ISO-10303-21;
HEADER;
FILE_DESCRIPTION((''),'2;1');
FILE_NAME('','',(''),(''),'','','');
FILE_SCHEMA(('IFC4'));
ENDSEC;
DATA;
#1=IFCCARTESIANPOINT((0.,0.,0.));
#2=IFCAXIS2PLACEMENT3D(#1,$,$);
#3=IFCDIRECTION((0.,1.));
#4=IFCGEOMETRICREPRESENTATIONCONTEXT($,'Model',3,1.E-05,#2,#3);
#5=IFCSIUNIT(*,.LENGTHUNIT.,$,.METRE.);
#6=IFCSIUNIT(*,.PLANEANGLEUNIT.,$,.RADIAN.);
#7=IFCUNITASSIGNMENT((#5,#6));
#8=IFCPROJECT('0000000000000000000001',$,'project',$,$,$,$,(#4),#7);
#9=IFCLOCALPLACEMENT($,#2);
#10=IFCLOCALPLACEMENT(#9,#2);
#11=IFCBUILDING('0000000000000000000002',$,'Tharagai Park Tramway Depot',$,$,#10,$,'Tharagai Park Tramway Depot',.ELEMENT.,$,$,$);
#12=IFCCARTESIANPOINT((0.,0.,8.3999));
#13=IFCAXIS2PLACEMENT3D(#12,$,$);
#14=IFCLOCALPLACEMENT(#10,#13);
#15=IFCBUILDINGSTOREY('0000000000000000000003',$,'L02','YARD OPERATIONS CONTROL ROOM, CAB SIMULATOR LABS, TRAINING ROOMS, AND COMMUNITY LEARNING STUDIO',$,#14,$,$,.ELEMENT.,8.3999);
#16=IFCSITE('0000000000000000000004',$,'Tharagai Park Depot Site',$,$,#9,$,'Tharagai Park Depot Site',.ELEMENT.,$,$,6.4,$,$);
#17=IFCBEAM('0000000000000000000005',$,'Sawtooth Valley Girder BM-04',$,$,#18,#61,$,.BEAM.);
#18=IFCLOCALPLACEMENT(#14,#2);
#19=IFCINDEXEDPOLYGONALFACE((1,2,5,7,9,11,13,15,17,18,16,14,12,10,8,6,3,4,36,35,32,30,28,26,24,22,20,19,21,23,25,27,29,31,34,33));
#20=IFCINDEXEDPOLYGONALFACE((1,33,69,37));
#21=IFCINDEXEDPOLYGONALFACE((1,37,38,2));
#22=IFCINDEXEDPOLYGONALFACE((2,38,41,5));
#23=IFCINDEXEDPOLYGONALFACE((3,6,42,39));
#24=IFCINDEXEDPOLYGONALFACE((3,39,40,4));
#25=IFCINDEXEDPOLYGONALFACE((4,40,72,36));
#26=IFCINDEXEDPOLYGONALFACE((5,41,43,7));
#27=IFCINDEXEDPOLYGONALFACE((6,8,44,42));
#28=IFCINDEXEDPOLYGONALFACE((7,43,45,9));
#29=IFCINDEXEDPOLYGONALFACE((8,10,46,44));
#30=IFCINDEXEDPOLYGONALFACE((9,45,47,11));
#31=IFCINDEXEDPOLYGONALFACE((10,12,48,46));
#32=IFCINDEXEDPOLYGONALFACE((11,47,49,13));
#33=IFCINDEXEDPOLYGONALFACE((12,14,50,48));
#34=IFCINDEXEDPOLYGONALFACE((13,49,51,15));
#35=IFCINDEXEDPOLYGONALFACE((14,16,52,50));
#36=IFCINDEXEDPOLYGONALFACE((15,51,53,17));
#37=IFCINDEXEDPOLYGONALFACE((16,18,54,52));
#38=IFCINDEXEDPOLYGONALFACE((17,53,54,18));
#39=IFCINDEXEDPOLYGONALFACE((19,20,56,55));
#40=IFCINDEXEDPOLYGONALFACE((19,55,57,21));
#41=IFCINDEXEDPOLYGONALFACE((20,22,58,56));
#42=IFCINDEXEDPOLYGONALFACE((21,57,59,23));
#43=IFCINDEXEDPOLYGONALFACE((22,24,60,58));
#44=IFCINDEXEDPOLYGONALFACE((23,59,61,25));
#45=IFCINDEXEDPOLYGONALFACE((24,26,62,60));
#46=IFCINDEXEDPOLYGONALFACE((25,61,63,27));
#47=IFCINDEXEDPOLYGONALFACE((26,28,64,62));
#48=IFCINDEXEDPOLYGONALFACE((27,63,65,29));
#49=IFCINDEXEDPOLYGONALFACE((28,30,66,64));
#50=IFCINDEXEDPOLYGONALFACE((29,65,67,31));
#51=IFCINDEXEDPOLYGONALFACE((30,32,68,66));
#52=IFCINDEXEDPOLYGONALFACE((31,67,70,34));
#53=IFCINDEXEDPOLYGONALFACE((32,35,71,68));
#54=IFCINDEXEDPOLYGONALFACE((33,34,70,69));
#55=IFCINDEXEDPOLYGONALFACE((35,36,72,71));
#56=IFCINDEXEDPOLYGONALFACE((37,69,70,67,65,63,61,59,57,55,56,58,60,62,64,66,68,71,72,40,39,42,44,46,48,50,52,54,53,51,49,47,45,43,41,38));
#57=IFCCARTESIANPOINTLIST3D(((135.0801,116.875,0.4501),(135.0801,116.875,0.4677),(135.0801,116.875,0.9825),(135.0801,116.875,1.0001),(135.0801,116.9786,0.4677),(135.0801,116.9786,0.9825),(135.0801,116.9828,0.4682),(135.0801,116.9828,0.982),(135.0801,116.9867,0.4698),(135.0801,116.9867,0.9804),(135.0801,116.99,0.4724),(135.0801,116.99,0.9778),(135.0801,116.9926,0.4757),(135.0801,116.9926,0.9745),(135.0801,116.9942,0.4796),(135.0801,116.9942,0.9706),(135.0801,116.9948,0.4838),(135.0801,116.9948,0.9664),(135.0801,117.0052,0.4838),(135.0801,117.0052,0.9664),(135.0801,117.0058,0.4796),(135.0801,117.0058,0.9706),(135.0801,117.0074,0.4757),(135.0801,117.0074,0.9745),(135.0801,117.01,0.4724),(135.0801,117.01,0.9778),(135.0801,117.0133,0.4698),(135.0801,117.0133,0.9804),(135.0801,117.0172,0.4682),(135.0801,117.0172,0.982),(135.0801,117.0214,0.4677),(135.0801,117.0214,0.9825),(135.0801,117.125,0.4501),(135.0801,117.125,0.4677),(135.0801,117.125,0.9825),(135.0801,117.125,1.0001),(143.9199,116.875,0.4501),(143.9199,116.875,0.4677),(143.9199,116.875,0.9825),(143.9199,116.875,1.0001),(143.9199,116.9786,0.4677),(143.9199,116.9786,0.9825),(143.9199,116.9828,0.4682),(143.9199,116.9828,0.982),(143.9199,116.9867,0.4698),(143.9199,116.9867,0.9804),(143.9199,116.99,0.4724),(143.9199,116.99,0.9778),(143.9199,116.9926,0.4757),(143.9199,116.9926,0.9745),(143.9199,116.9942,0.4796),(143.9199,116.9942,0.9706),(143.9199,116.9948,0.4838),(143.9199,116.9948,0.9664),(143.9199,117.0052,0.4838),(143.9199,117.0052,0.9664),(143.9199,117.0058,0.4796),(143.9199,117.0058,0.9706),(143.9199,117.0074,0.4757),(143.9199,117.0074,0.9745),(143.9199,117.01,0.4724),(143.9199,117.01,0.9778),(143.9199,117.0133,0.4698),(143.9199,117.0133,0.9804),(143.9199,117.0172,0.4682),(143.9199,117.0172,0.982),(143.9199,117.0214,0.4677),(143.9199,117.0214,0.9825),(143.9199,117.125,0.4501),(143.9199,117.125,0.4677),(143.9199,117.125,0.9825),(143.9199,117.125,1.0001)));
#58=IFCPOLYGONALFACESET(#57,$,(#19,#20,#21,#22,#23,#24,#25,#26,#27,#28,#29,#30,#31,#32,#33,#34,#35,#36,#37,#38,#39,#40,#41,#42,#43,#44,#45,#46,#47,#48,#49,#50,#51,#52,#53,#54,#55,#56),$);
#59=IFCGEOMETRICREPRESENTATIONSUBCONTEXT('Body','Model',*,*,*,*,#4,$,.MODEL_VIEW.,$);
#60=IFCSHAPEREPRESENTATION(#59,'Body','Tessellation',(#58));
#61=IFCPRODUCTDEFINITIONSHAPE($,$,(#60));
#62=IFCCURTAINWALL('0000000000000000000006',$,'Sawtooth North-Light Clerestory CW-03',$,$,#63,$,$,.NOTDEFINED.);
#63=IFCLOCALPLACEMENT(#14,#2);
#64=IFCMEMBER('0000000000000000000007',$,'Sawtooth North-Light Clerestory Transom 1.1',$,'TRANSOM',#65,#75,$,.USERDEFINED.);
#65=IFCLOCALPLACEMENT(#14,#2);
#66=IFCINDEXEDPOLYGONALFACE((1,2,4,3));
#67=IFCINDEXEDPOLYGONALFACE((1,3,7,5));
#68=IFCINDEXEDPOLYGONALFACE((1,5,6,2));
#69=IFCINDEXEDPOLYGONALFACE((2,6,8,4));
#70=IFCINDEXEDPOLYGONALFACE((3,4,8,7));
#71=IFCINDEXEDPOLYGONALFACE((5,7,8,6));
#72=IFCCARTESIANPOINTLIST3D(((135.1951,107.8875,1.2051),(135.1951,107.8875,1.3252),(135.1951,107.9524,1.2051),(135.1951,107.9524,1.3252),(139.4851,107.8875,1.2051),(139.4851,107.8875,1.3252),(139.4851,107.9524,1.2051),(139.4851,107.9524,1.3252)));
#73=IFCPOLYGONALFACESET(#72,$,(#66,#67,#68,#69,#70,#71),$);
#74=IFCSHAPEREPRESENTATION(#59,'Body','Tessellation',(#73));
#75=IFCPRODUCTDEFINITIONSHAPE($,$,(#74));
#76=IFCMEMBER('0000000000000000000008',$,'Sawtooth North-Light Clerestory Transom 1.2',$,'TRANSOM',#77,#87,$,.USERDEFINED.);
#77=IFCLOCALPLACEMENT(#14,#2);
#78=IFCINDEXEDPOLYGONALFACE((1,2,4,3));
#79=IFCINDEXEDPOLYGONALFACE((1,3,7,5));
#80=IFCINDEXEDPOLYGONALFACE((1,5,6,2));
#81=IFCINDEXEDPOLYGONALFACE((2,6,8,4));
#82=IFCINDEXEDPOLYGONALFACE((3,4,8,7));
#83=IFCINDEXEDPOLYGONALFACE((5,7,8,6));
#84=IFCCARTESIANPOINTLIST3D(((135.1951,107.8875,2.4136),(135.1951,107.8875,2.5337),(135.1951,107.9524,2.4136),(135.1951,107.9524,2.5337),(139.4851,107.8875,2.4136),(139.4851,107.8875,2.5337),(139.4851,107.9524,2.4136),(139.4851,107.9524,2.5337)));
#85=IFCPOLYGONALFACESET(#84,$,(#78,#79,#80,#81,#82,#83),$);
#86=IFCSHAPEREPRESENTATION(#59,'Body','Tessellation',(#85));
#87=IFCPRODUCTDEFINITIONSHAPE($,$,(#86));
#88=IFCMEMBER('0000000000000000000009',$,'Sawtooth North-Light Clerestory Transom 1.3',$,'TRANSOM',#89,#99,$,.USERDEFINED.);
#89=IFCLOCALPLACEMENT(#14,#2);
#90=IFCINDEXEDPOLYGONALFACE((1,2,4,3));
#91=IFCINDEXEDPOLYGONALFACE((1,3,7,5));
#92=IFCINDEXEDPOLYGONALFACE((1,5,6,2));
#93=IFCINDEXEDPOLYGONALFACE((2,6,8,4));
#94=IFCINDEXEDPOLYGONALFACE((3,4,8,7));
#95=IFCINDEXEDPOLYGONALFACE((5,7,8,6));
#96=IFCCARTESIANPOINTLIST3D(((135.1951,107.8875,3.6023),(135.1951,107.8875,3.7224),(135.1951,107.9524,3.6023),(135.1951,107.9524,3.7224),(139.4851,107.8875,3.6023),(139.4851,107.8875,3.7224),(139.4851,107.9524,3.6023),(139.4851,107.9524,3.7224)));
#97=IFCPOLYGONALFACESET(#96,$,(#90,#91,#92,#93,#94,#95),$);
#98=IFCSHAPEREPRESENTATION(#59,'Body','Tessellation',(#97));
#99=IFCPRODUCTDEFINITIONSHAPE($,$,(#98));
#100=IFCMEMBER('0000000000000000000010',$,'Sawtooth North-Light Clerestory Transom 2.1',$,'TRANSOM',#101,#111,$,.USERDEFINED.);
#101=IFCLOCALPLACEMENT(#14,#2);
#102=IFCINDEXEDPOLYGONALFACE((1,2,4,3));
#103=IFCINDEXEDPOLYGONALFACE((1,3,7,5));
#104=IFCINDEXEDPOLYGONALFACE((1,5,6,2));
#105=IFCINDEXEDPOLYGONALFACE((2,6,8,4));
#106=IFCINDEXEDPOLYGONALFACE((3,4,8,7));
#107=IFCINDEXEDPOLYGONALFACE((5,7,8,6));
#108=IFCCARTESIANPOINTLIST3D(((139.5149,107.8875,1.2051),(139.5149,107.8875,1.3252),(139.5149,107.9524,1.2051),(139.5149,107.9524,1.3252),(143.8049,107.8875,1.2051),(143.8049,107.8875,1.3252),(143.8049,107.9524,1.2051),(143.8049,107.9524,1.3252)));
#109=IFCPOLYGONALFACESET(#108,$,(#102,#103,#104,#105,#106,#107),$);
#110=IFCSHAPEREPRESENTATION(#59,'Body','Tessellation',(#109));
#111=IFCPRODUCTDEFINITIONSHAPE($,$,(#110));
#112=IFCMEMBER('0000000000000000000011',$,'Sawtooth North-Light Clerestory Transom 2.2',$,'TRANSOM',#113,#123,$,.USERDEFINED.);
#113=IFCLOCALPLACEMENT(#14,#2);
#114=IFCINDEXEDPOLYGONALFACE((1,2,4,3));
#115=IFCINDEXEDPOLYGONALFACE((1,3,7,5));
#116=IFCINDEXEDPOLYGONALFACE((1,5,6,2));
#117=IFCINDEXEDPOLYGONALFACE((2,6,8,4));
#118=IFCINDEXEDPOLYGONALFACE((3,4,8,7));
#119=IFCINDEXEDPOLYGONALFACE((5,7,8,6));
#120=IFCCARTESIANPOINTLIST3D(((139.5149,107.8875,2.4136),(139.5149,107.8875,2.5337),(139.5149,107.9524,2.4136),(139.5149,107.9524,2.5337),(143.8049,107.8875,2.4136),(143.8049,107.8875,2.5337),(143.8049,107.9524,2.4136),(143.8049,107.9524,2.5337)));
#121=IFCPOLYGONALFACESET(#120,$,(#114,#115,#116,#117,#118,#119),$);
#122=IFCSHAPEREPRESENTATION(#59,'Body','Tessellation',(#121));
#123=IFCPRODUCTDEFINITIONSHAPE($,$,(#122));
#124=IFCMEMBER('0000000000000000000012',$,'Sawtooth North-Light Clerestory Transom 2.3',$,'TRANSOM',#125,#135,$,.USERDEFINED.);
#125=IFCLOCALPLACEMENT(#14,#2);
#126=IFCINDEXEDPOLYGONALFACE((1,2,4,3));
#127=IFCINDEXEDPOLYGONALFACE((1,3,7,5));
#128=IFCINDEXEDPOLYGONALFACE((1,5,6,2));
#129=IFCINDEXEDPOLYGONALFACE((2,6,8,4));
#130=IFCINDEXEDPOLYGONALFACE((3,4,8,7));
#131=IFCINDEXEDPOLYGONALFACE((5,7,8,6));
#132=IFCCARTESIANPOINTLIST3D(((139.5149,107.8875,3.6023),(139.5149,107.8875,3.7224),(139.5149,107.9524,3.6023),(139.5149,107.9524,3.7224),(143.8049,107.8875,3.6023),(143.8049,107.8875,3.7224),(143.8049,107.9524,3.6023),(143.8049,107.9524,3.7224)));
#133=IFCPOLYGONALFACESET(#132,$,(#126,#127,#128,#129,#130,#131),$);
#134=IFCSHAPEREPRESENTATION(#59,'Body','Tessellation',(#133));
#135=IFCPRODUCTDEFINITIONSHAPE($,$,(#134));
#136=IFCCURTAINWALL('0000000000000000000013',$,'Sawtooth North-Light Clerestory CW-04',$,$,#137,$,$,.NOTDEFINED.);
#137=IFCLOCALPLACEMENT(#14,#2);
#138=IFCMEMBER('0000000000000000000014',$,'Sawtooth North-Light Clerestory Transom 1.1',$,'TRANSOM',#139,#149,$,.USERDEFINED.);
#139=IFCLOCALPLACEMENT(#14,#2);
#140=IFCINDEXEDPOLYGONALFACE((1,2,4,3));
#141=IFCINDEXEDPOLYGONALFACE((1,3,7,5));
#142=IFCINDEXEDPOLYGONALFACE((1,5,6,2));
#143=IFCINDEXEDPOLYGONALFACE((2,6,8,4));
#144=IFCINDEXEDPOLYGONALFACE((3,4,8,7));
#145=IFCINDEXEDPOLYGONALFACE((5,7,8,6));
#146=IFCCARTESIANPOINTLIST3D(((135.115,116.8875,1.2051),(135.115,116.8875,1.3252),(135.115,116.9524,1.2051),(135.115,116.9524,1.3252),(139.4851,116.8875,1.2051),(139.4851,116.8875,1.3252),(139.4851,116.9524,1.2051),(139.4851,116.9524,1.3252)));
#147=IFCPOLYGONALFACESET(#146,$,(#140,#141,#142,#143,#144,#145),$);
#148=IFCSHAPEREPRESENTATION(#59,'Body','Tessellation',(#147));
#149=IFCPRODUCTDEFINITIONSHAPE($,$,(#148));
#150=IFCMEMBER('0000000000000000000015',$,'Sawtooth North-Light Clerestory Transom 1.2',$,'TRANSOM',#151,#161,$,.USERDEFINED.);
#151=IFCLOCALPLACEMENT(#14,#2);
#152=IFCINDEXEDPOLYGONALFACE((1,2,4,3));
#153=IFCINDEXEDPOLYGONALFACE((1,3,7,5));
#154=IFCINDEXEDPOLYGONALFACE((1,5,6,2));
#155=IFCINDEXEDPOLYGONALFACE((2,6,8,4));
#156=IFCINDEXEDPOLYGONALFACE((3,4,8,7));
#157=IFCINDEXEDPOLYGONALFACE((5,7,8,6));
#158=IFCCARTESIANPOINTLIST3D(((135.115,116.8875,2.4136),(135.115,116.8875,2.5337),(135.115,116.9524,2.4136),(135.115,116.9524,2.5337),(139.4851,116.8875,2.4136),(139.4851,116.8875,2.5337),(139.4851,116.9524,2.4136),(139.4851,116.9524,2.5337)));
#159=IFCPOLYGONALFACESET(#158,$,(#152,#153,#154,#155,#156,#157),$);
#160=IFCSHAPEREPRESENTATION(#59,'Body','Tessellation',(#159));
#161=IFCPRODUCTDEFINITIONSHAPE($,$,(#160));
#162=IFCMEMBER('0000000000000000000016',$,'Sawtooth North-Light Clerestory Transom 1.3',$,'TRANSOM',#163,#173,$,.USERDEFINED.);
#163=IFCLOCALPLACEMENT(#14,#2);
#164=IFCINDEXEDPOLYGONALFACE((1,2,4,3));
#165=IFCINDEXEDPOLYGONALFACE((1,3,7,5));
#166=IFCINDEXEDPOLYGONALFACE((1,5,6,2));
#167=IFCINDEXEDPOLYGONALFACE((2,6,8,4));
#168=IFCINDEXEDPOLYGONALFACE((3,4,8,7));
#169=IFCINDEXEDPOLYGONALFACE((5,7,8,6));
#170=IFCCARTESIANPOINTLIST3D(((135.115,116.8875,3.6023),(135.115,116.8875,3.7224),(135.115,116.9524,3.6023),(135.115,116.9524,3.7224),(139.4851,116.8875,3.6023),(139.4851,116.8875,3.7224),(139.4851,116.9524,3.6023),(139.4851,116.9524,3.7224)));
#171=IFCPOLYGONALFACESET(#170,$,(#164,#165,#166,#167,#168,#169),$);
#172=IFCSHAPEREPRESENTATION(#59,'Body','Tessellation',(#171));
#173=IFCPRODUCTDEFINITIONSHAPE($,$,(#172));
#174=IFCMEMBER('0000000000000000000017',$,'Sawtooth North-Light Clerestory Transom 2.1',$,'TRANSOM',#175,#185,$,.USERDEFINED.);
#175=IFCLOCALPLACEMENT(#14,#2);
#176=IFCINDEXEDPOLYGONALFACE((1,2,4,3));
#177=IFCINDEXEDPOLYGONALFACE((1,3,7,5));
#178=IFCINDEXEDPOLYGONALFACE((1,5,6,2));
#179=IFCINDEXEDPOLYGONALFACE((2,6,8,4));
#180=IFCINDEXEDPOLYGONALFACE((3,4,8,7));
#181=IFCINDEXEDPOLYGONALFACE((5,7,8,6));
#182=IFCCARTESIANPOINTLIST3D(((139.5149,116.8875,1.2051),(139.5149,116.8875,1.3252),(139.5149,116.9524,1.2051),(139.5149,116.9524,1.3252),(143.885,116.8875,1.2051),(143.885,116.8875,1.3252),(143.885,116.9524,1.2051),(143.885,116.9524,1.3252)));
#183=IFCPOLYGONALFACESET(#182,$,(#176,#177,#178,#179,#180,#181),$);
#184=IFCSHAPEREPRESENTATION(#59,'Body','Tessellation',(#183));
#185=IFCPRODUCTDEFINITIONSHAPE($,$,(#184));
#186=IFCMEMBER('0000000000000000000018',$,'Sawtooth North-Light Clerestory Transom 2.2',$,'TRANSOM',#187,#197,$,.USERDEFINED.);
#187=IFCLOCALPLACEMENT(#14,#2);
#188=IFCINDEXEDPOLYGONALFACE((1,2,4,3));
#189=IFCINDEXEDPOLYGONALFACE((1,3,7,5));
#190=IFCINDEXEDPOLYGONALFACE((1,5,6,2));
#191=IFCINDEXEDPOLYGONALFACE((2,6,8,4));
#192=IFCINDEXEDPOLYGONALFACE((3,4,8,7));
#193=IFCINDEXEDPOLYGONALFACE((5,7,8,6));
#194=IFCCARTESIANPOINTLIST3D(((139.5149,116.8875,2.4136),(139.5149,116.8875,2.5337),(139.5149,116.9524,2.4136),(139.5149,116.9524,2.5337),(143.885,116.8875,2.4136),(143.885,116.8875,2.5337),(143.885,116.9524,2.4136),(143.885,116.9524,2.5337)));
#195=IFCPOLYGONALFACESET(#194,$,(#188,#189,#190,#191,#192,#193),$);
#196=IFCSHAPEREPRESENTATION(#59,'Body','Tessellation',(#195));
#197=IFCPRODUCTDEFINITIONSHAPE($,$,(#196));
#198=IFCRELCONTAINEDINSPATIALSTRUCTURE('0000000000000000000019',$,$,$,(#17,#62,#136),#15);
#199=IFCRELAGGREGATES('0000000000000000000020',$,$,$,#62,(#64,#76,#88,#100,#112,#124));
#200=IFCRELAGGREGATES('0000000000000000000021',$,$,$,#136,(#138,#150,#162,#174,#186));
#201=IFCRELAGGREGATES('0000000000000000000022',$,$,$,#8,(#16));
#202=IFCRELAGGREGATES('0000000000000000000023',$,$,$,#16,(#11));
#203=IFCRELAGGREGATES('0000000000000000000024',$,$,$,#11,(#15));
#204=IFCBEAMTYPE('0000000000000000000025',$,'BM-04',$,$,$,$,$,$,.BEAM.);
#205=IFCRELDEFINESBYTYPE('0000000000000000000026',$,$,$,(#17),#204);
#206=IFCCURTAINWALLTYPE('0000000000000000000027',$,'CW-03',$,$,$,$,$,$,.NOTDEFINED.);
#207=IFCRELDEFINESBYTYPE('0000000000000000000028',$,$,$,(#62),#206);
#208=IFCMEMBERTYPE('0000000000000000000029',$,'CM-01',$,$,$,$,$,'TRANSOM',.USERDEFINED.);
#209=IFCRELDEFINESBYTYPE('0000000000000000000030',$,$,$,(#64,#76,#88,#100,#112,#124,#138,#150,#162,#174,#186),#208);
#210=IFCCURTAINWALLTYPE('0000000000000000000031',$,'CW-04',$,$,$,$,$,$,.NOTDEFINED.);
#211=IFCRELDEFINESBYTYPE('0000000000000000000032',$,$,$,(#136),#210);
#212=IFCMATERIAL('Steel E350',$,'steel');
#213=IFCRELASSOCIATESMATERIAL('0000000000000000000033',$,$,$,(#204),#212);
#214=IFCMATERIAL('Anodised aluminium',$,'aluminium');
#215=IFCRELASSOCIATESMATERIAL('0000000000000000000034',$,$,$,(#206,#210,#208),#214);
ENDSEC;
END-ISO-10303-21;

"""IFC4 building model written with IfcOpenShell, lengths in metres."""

from ifc_helpers import new_model, si_unit, direction, frame, origin, origin_2d, place, context, subcontext, project, spatial, rectangle, i_section, extrude, material, material_profile, profile_set, type_object, element, aggregate, save


model = new_model("IFC4")

# Units and contexts
model_context = context("Model", 3, precision=1e-05, world=origin(), true_north=direction((0.0, 1.0)))
body_context = subcontext(model_context, "Body", "Model", "MODEL_VIEW")
ifc_project = project(units=[si_unit("LENGTHUNIT", "METRE"), si_unit("PLANEANGLEUNIT", "RADIAN")], contexts=[model_context])

# Site, building, storey
site_placement = place(None, origin())
site = spatial("IfcSite", under=ifc_project, at=site_placement, Name="Tharagai Park Depot Site", LongName="Tharagai Park Depot Site", CompositionType="ELEMENT", RefElevation=6.4)
building_placement = place(site_placement, origin())
building = spatial("IfcBuilding", under=site, at=building_placement, Name="Tharagai Park Tramway Depot", LongName="Tharagai Park Tramway Depot", CompositionType="ELEMENT")
storey_placement = place(building_placement, frame((0.0, 0.0, 8.3999)))
storey = spatial("IfcBuildingStorey", under=building, at=storey_placement, Name="L02", Description="YARD OPERATIONS CONTROL ROOM, CAB SIMULATOR LABS, TRAINING ROOMS, AND COMMUNITY LEARNING STUDIO", CompositionType="ELEMENT", Elevation=8.3999)

# Beam
ifc_material_1 = material(Name="Steel E350", Category="steel")
ifc_material_profile_1 = material_profile(ifc_material_1, i_section(OverallWidth=0.25, OverallDepth=0.55, WebThickness=0.0105, FlangeThickness=0.0176, FilletRadius=0.0161, at=origin_2d()), Name="ISWB 550")
ifc_profile_set_1 = profile_set([ifc_material_profile_1], Name="Steel E350")
beam_type = type_object("IfcBeamType", Name="BM-04", PredefinedType="BEAM", material=ifc_profile_set_1)
beam_placement = place(storey_placement, frame((135.0801, 117.0, 0.7251), z_axis=(1.0, 0.0, 0.0), x_axis=(0.0, 1.0, 0.0)))
element("IfcBeam", 1, at=beam_placement, inside=storey, type_object=beam_type, Name="Sawtooth Valley Girder BM-04", PredefinedType="BEAM", context=body_context, shape_type="SweptSolid", body=[
    extrude(i_section(OverallWidth=0.25, OverallDepth=0.55, WebThickness=0.0105, FlangeThickness=0.0176, FilletRadius=0.0161, at=origin_2d()), origin(), (0.0, 0.0, 1.0), 8.8398),
])

# Curtain walls, members
ifc_material_2 = material(Name="Anodised aluminium", Category="aluminium")
curtain_wall_type_1 = type_object("IfcCurtainWallType", Name="CW-03", PredefinedType="NOTDEFINED", material=ifc_material_2)
curtain_wall_1_placement = place(storey_placement, origin())
curtain_wall_1 = element("IfcCurtainWall", 2, at=curtain_wall_1_placement, inside=storey, type_object=curtain_wall_type_1, Name="Sawtooth North-Light Clerestory CW-03", PredefinedType="NOTDEFINED")
ifc_material_profile_2 = material_profile(ifc_material_2, rectangle(XDim=0.0649, YDim=0.1201, at=origin_2d()), Name="ALU 65x120")
ifc_profile_set_2 = profile_set([ifc_material_profile_2], Name="Anodised aluminium")
member_type_1 = type_object("IfcMemberType", Name="CM-01", ElementType="TRANSOM", PredefinedType="USERDEFINED", material=ifc_profile_set_2)
member_1_placement = place(storey_placement, frame((135.1951, 107.9199, 1.2651), z_axis=(1.0, 0.0, 0.0), x_axis=(0.0, 1.0, 0.0)))
member_1 = element("IfcMember", 3, at=member_1_placement, type_object=member_type_1, Name="Sawtooth North-Light Clerestory Transom 1.1", ObjectType="TRANSOM", PredefinedType="USERDEFINED", context=body_context, shape_type="SweptSolid", body=[
    extrude(rectangle(XDim=0.0649, YDim=0.1201, at=origin_2d()), origin(), (0.0, 0.0, 1.0), 4.29),
])
member_2_placement = place(storey_placement, frame((135.1951, 107.9199, 2.4736), z_axis=(1.0, 0.0, 0.0), x_axis=(0.0, 1.0, 0.0)))
member_2 = element("IfcMember", 4, at=member_2_placement, type_object=member_type_1, Name="Sawtooth North-Light Clerestory Transom 1.2", ObjectType="TRANSOM", PredefinedType="USERDEFINED", context=body_context, shape_type="SweptSolid", body=[
    extrude(rectangle(XDim=0.0649, YDim=0.1201, at=origin_2d()), origin(), (0.0, 0.0, 1.0), 4.29),
])
member_3_placement = place(storey_placement, frame((135.1951, 107.9199, 3.6624), z_axis=(1.0, 0.0, 0.0), x_axis=(0.0, 1.0, 0.0)))
member_3 = element("IfcMember", 5, at=member_3_placement, type_object=member_type_1, Name="Sawtooth North-Light Clerestory Transom 1.3", ObjectType="TRANSOM", PredefinedType="USERDEFINED", context=body_context, shape_type="SweptSolid", body=[
    extrude(rectangle(XDim=0.0649, YDim=0.1201, at=origin_2d()), origin(), (0.0, 0.0, 1.0), 4.29),
])
member_4_placement = place(storey_placement, frame((139.5149, 107.9199, 1.2651), z_axis=(1.0, 0.0, 0.0), x_axis=(0.0, 1.0, 0.0)))
member_4 = element("IfcMember", 6, at=member_4_placement, type_object=member_type_1, Name="Sawtooth North-Light Clerestory Transom 2.1", ObjectType="TRANSOM", PredefinedType="USERDEFINED", context=body_context, shape_type="SweptSolid", body=[
    extrude(rectangle(XDim=0.0649, YDim=0.1201, at=origin_2d()), origin(), (0.0, 0.0, 1.0), 4.29),
])
member_5_placement = place(storey_placement, frame((139.5149, 107.9199, 2.4736), z_axis=(1.0, 0.0, 0.0), x_axis=(0.0, 1.0, 0.0)))
member_5 = element("IfcMember", 7, at=member_5_placement, type_object=member_type_1, Name="Sawtooth North-Light Clerestory Transom 2.2", ObjectType="TRANSOM", PredefinedType="USERDEFINED", context=body_context, shape_type="SweptSolid", body=[
    extrude(rectangle(XDim=0.0649, YDim=0.1201, at=origin_2d()), origin(), (0.0, 0.0, 1.0), 4.29),
])
member_6_placement = place(storey_placement, frame((139.5149, 107.9199, 3.6624), z_axis=(1.0, 0.0, 0.0), x_axis=(0.0, 1.0, 0.0)))
member_6 = element("IfcMember", 8, at=member_6_placement, type_object=member_type_1, Name="Sawtooth North-Light Clerestory Transom 2.3", ObjectType="TRANSOM", PredefinedType="USERDEFINED", context=body_context, shape_type="SweptSolid", body=[
    extrude(rectangle(XDim=0.0649, YDim=0.1201, at=origin_2d()), origin(), (0.0, 0.0, 1.0), 4.29),
])
curtain_wall_type_2 = type_object("IfcCurtainWallType", Name="CW-04", PredefinedType="NOTDEFINED", material=ifc_material_2)
curtain_wall_2_placement = place(storey_placement, origin())
curtain_wall_2 = element("IfcCurtainWall", 9, at=curtain_wall_2_placement, inside=storey, type_object=curtain_wall_type_2, Name="Sawtooth North-Light Clerestory CW-04", PredefinedType="NOTDEFINED")
member_7_placement = place(storey_placement, frame((135.115, 116.9199, 1.2651), z_axis=(1.0, 0.0, 0.0), x_axis=(0.0, 1.0, 0.0)))
member_7 = element("IfcMember", 10, at=member_7_placement, type_object=member_type_1, Name="Sawtooth North-Light Clerestory Transom 1.1", ObjectType="TRANSOM", PredefinedType="USERDEFINED", context=body_context, shape_type="SweptSolid", body=[
    extrude(rectangle(XDim=0.0649, YDim=0.1201, at=origin_2d()), origin(), (0.0, 0.0, 1.0), 4.3701),
])
member_8_placement = place(storey_placement, frame((135.115, 116.9199, 2.4736), z_axis=(1.0, 0.0, 0.0), x_axis=(0.0, 1.0, 0.0)))
member_8 = element("IfcMember", 11, at=member_8_placement, type_object=member_type_1, Name="Sawtooth North-Light Clerestory Transom 1.2", ObjectType="TRANSOM", PredefinedType="USERDEFINED", context=body_context, shape_type="SweptSolid", body=[
    extrude(rectangle(XDim=0.0649, YDim=0.1201, at=origin_2d()), origin(), (0.0, 0.0, 1.0), 4.3701),
])
member_9_placement = place(storey_placement, frame((135.115, 116.9199, 3.6624), z_axis=(1.0, 0.0, 0.0), x_axis=(0.0, 1.0, 0.0)))
member_9 = element("IfcMember", 12, at=member_9_placement, type_object=member_type_1, Name="Sawtooth North-Light Clerestory Transom 1.3", ObjectType="TRANSOM", PredefinedType="USERDEFINED", context=body_context, shape_type="SweptSolid", body=[
    extrude(rectangle(XDim=0.0649, YDim=0.1201, at=origin_2d()), origin(), (0.0, 0.0, 1.0), 4.3701),
])
member_10_placement = place(storey_placement, frame((139.5149, 116.9199, 1.2651), z_axis=(1.0, 0.0, 0.0), x_axis=(0.0, 1.0, 0.0)))
member_10 = element("IfcMember", 13, at=member_10_placement, type_object=member_type_1, Name="Sawtooth North-Light Clerestory Transom 2.1", ObjectType="TRANSOM", PredefinedType="USERDEFINED", context=body_context, shape_type="SweptSolid", body=[
    extrude(rectangle(XDim=0.0649, YDim=0.1201, at=origin_2d()), origin(), (0.0, 0.0, 1.0), 4.3701),
])
member_11_placement = place(storey_placement, frame((139.5149, 116.9199, 2.4736), z_axis=(1.0, 0.0, 0.0), x_axis=(0.0, 1.0, 0.0)))
member_11 = element("IfcMember", 14, at=member_11_placement, type_object=member_type_1, Name="Sawtooth North-Light Clerestory Transom 2.2", ObjectType="TRANSOM", PredefinedType="USERDEFINED", context=body_context, shape_type="SweptSolid", body=[
    extrude(rectangle(XDim=0.0649, YDim=0.1201, at=origin_2d()), origin(), (0.0, 0.0, 1.0), 4.3701),
])

aggregate(curtain_wall_1, [member_1, member_2, member_3, member_4, member_5, member_6])
aggregate(curtain_wall_2, [member_7, member_8, member_9, member_10, member_11])

save(model, "model.ifc")
